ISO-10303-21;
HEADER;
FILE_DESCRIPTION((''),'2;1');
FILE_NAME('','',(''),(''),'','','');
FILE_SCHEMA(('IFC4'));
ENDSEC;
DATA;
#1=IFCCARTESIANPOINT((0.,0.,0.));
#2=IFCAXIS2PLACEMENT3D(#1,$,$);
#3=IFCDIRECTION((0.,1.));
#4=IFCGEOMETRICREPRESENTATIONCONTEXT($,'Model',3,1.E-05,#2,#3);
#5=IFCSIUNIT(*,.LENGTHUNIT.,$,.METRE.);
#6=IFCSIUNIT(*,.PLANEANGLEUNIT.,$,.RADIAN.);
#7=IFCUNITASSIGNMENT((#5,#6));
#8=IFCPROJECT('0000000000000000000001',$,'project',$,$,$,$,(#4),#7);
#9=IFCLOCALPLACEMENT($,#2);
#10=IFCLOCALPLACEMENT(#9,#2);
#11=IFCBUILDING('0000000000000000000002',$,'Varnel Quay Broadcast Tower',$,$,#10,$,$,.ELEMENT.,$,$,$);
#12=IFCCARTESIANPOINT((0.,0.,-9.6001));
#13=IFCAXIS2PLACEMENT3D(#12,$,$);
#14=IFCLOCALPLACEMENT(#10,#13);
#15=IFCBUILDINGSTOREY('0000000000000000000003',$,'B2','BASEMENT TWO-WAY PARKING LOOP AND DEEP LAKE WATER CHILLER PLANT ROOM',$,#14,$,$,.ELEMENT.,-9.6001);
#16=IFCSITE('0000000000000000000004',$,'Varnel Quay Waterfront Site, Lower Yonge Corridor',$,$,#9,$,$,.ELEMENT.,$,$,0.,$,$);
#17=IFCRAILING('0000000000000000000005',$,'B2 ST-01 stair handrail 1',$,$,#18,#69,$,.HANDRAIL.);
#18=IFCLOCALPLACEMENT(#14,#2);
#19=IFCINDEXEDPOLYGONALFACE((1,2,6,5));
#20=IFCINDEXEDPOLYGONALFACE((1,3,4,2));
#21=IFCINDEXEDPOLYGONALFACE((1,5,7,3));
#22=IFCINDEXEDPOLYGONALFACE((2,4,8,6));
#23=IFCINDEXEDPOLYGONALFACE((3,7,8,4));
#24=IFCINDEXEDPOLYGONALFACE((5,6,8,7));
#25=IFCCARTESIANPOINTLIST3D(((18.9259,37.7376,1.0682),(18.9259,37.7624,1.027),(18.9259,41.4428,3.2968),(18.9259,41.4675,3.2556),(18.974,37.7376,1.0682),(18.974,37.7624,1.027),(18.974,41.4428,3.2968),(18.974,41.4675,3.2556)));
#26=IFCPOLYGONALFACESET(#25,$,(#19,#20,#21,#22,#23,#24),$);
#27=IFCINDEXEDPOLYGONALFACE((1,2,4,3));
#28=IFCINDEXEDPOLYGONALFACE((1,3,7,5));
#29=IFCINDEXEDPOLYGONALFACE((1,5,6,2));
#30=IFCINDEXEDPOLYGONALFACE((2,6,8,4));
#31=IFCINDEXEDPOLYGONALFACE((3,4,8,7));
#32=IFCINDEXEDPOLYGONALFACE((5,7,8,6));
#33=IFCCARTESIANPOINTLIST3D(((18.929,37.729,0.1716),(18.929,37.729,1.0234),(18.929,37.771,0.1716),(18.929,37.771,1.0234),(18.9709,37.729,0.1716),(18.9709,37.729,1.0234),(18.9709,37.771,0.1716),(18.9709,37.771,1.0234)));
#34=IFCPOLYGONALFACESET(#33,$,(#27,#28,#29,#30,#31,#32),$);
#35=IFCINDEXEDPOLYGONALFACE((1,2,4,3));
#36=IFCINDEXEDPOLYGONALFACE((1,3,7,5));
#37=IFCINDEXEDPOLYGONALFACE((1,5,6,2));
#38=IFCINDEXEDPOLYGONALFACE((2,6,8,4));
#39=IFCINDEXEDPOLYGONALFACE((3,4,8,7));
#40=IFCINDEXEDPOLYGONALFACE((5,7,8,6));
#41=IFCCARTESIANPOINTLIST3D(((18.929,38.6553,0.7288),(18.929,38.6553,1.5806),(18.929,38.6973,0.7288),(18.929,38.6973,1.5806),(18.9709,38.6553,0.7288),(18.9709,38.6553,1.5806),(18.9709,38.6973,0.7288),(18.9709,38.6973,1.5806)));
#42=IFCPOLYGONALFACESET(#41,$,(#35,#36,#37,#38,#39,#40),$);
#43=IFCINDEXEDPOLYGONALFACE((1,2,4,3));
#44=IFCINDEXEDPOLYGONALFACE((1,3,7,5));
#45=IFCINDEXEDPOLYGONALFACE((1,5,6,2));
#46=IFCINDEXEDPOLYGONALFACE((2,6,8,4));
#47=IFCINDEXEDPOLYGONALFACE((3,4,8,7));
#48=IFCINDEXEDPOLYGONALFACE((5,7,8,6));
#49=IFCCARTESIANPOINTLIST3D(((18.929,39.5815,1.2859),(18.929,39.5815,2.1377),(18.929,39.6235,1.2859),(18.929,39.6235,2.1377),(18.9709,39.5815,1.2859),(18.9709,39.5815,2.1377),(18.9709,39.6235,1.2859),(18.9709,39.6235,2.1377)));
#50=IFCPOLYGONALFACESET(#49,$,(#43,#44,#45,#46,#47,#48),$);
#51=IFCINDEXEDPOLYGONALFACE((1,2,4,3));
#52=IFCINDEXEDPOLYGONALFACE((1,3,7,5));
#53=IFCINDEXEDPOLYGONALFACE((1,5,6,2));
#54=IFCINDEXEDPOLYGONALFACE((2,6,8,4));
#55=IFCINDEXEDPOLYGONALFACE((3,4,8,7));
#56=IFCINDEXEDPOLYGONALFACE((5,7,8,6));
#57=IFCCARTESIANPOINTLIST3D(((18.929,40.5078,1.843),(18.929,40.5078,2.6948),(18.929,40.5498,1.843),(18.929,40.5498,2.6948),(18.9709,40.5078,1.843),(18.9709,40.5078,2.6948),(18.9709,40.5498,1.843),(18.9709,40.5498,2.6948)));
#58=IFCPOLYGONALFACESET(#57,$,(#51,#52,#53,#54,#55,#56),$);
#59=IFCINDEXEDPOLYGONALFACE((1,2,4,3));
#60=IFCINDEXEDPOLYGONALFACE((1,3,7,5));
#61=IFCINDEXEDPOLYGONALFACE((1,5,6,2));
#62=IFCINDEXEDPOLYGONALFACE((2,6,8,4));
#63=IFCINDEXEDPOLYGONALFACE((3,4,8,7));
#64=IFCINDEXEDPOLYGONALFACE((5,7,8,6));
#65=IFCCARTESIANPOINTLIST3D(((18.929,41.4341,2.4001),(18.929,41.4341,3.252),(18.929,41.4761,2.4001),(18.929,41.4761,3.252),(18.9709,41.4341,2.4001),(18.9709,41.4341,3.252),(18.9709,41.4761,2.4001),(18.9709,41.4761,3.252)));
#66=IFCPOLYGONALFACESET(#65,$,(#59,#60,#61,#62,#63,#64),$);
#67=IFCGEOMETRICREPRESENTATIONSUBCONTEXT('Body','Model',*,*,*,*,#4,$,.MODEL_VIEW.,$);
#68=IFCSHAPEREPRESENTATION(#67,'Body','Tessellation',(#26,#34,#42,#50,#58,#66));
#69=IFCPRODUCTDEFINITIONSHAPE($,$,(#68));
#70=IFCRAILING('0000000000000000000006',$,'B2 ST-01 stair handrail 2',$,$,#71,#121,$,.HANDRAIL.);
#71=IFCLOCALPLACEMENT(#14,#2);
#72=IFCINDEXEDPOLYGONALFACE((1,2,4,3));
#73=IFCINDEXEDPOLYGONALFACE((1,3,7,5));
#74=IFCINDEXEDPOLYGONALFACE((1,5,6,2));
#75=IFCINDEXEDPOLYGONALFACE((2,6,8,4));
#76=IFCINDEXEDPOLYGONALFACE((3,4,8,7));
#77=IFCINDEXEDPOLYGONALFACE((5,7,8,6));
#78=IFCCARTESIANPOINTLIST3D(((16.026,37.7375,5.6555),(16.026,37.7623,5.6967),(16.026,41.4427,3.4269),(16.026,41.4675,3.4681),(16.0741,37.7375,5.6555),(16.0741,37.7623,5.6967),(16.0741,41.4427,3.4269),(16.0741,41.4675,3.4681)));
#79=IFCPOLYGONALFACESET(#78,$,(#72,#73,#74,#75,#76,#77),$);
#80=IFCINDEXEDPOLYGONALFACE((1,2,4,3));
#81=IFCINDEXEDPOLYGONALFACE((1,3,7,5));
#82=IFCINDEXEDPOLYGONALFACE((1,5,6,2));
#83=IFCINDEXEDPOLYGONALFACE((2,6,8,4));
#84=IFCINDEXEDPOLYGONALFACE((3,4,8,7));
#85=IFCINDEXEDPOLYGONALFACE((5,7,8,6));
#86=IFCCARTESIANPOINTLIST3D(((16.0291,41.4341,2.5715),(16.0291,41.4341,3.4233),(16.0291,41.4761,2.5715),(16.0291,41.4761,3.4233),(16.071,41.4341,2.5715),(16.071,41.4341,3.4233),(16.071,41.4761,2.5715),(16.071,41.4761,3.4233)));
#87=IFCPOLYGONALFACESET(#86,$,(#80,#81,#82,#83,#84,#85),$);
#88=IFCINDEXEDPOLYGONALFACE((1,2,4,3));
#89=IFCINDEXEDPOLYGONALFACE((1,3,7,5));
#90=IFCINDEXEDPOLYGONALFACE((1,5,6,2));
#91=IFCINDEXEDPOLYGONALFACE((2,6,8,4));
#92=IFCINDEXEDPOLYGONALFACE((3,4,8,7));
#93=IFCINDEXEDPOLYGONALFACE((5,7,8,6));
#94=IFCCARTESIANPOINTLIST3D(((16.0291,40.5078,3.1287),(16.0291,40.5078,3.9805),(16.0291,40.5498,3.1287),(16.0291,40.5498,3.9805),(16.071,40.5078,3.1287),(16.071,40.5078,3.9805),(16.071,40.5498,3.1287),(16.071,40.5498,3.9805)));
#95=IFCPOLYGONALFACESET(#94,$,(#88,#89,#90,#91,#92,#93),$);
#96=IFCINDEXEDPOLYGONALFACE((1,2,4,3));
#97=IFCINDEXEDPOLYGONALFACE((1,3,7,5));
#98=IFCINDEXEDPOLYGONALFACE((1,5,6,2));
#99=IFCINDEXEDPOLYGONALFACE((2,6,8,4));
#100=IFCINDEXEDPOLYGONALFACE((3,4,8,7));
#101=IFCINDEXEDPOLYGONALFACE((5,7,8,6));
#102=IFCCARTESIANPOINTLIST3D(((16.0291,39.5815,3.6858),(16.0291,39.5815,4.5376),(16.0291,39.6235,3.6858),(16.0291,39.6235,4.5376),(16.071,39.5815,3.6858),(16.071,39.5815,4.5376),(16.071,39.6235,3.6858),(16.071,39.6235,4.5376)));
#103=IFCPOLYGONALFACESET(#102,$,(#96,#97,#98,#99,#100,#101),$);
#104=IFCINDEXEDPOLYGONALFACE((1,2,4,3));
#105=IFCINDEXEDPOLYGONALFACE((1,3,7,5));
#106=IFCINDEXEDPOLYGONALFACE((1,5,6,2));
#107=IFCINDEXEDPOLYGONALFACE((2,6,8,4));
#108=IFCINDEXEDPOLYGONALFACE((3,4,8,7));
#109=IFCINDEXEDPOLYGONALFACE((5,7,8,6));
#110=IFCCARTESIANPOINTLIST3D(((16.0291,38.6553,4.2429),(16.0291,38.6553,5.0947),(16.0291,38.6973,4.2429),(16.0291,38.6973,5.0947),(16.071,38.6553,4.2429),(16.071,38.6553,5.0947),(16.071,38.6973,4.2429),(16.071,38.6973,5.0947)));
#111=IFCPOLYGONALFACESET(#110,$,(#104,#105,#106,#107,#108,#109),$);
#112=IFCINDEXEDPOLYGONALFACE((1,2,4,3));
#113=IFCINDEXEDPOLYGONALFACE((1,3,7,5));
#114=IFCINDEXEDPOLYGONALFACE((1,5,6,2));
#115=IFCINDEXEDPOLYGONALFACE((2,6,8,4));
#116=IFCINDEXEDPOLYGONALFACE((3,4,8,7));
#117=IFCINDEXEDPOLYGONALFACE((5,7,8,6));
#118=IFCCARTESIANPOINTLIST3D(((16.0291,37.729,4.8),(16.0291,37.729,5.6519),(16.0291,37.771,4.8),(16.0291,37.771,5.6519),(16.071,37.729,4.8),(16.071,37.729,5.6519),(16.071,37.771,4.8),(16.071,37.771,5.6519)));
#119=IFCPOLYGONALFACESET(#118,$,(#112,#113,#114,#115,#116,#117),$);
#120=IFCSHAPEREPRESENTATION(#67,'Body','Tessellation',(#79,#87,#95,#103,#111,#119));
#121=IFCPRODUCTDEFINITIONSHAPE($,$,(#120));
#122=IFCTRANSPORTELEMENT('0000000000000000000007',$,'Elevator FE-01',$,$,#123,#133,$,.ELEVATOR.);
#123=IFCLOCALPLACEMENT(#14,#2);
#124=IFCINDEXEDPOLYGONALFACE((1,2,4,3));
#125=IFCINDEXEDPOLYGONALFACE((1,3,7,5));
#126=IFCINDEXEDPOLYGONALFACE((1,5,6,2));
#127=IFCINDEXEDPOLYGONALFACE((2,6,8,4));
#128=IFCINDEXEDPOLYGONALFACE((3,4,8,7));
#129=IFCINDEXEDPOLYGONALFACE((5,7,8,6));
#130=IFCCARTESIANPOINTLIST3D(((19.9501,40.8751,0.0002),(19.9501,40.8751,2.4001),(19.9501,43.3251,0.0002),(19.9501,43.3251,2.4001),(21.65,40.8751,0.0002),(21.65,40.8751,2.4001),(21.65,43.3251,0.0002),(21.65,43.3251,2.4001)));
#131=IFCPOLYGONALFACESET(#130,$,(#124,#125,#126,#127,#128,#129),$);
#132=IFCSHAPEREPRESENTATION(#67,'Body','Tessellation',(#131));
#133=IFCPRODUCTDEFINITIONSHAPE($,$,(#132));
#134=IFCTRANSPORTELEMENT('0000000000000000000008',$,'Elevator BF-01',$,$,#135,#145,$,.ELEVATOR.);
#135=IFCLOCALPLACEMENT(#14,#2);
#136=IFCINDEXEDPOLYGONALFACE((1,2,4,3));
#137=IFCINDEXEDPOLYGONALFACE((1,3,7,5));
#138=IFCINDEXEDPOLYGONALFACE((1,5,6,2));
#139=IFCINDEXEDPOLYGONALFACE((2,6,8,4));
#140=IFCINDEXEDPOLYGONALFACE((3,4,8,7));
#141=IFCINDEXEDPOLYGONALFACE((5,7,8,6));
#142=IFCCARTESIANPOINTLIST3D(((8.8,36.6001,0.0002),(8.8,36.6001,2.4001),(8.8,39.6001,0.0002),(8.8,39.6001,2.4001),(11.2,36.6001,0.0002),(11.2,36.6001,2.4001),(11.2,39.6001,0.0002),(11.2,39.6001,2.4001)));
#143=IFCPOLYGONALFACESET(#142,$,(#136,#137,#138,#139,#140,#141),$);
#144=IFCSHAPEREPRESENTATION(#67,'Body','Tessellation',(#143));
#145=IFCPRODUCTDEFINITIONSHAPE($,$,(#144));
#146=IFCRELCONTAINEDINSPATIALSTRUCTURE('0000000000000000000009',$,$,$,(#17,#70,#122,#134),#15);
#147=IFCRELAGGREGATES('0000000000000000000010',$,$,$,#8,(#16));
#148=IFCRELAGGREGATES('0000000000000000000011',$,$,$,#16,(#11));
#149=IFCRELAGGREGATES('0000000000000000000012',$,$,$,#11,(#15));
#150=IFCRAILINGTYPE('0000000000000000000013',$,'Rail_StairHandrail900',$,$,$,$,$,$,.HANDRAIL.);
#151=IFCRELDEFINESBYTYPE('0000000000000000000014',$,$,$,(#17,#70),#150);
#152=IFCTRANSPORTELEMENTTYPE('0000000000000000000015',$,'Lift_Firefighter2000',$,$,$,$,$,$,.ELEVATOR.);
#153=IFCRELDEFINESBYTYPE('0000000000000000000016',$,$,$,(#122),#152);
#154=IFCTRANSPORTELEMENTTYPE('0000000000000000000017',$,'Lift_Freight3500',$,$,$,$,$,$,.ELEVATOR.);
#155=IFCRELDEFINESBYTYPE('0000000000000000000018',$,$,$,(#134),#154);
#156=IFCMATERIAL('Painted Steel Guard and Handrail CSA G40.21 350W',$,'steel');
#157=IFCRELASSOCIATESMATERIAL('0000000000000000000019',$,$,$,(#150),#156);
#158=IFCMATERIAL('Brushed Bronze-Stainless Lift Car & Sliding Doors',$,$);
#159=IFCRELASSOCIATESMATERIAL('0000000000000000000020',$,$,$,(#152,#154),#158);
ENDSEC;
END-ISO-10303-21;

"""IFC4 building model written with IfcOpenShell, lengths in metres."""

from ifc_helpers import new_model, si_unit, direction, frame, origin, origin_2d, place, context, subcontext, project, spatial, rectangle, extrude, source, transform, mapped, material, type_object, type_shapes, element, save


model = new_model("IFC4")

# Units and contexts
model_context = context("Model", 3, precision=1e-05, world=origin(), true_north=direction((0.0, 1.0)))
body_context = subcontext(model_context, "Body", "Model", "MODEL_VIEW")
ifc_project = project(units=[si_unit("LENGTHUNIT", "METRE"), si_unit("PLANEANGLEUNIT", "RADIAN")], contexts=[model_context])

# Site, building, storey
site_placement = place(None, origin())
site = spatial("IfcSite", under=ifc_project, at=site_placement, Name="Varnel Quay Waterfront Site, Lower Yonge Corridor", CompositionType="ELEMENT", RefElevation=0.0)
building_placement = place(site_placement, origin())
building = spatial("IfcBuilding", under=site, at=building_placement, Name="Varnel Quay Broadcast Tower", CompositionType="ELEMENT")
storey_placement = place(building_placement, frame((0.0, 0.0, -9.6001)))
storey = spatial("IfcBuildingStorey", under=building, at=storey_placement, Name="B2", Description="BASEMENT TWO-WAY PARKING LOOP AND DEEP LAKE WATER CHILLER PLANT ROOM", CompositionType="ELEMENT", Elevation=-9.6001)

# Railings
ifc_material_1 = material(Name="Painted Steel Guard and Handrail CSA G40.21 350W", Category="steel")
railing_type_1 = type_object("IfcRailingType", Name="Rail_StairHandrail900", PredefinedType="HANDRAIL", material=ifc_material_1)
railing_1_placement = place(storey_placement, frame((18.95, 37.75, 0.1716)))
element("IfcRailing", 1, at=railing_1_placement, inside=storey, type_object=railing_type_1, Name="B2 ST-01 stair handrail 1", PredefinedType="HANDRAIL", context=body_context, shape_type="SweptSolid", body=[
    extrude(rectangle(XDim=0.0481, YDim=0.0481, at=origin_2d()), frame((0.0, 0.0, 0.876), z_axis=(0.0, 0.856934, 0.515425), x_axis=(-1.0, 0.0, 0.0)), (0.0, 0.0, 1.0), 4.3237),
    extrude(rectangle(XDim=0.042, YDim=0.042, at=origin_2d()), origin(), (0.0, 0.0, 1.0), 0.8518),
    extrude(rectangle(XDim=0.042, YDim=0.042, at=origin_2d()), frame((0.0, 0.9263, 0.5571)), (0.0, 0.0, 1.0), 0.8518),
    extrude(rectangle(XDim=0.042, YDim=0.042, at=origin_2d()), frame((0.0, 1.8525, 1.1143)), (0.0, 0.0, 1.0), 0.8518),
    extrude(rectangle(XDim=0.042, YDim=0.042, at=origin_2d()), frame((0.0, 2.7788, 1.6714)), (0.0, 0.0, 1.0), 0.8518),
    extrude(rectangle(XDim=0.042, YDim=0.042, at=origin_2d()), frame((0.0, 3.7051, 2.2285)), (0.0, 0.0, 1.0), 0.8518),
])
railing_2_placement = place(storey_placement, frame((16.05, 41.4551, 2.5715)))
element("IfcRailing", 2, at=railing_2_placement, inside=storey, type_object=railing_type_1, Name="B2 ST-01 stair handrail 2", PredefinedType="HANDRAIL", context=body_context, shape_type="SweptSolid", body=[
    extrude(rectangle(XDim=0.0481, YDim=0.0481, at=origin_2d()), frame((0.0, 0.0, 0.876), z_axis=(0.0, -0.856934, 0.515425), x_axis=(1.0, 0.0, 0.0)), (0.0, 0.0, 1.0), 4.3237),
    extrude(rectangle(XDim=0.042, YDim=0.042, at=origin_2d()), origin(), (0.0, 0.0, 1.0), 0.8518),
    extrude(rectangle(XDim=0.042, YDim=0.042, at=origin_2d()), frame((0.0, -0.9263, 0.5571)), (0.0, 0.0, 1.0), 0.8518),
    extrude(rectangle(XDim=0.042, YDim=0.042, at=origin_2d()), frame((0.0, -1.8525, 1.1143)), (0.0, 0.0, 1.0), 0.8518),
    extrude(rectangle(XDim=0.042, YDim=0.042, at=origin_2d()), frame((0.0, -2.7788, 1.6714)), (0.0, 0.0, 1.0), 0.8518),
    extrude(rectangle(XDim=0.042, YDim=0.042, at=origin_2d()), frame((0.0, -3.7051, 2.2285)), (0.0, 0.0, 1.0), 0.8518),
])

# Transport elements
ifc_material_2 = material(Name="Brushed Bronze-Stainless Lift Car & Sliding Doors")
transport_element_type_1 = type_object("IfcTransportElementType", Name="Lift_Firefighter2000", PredefinedType="ELEVATOR", material=ifc_material_2)
shared_shape_1 = source(origin(), body_context, "Body", "SweptSolid", [
    extrude(rectangle(XDim=1.7, YDim=2.45, at=origin_2d()), origin(), (0.0, 0.0, 1.0), 2.3999),
])
type_shapes(transport_element_type_1, [shared_shape_1])
transport_element_1_placement = place(storey_placement, frame((20.8, 42.1001, 0.0002), z_axis=(0.0, 0.0, 1.0), x_axis=(1.0, 0.0, 0.0)))
element("IfcTransportElement", 3, at=transport_element_1_placement, inside=storey, type_object=transport_element_type_1, Name="Elevator FE-01", PredefinedType="ELEVATOR", context=body_context, shape_type="MappedRepresentation", body=[
    mapped(shared_shape_1, transform((0.0, 0.0, 0.0), x_axis=(1.0, 0.0, 0.0), y_axis=(0.0, 1.0, 0.0), z_axis=(0.0, 0.0, 1.0), scale=1.0)),
])
transport_element_type_2 = type_object("IfcTransportElementType", Name="Lift_Freight3500", PredefinedType="ELEVATOR", material=ifc_material_2)
shared_shape_2 = source(origin(), body_context, "Body", "SweptSolid", [
    extrude(rectangle(XDim=2.3999, YDim=3.0, at=origin_2d()), origin(), (0.0, 0.0, 1.0), 2.3999),
])
type_shapes(transport_element_type_2, [shared_shape_2])
transport_element_2_placement = place(storey_placement, frame((10.0, 38.1001, 0.0002), z_axis=(0.0, 0.0, 1.0), x_axis=(1.0, 0.0, 0.0)))
element("IfcTransportElement", 4, at=transport_element_2_placement, inside=storey, type_object=transport_element_type_2, Name="Elevator BF-01", PredefinedType="ELEVATOR", context=body_context, shape_type="MappedRepresentation", body=[
    mapped(shared_shape_2, transform((0.0, 0.0, 0.0), x_axis=(1.0, 0.0, 0.0), y_axis=(0.0, 1.0, 0.0), z_axis=(0.0, 0.0, 1.0), scale=1.0)),
])

save(model, "model.ifc")
